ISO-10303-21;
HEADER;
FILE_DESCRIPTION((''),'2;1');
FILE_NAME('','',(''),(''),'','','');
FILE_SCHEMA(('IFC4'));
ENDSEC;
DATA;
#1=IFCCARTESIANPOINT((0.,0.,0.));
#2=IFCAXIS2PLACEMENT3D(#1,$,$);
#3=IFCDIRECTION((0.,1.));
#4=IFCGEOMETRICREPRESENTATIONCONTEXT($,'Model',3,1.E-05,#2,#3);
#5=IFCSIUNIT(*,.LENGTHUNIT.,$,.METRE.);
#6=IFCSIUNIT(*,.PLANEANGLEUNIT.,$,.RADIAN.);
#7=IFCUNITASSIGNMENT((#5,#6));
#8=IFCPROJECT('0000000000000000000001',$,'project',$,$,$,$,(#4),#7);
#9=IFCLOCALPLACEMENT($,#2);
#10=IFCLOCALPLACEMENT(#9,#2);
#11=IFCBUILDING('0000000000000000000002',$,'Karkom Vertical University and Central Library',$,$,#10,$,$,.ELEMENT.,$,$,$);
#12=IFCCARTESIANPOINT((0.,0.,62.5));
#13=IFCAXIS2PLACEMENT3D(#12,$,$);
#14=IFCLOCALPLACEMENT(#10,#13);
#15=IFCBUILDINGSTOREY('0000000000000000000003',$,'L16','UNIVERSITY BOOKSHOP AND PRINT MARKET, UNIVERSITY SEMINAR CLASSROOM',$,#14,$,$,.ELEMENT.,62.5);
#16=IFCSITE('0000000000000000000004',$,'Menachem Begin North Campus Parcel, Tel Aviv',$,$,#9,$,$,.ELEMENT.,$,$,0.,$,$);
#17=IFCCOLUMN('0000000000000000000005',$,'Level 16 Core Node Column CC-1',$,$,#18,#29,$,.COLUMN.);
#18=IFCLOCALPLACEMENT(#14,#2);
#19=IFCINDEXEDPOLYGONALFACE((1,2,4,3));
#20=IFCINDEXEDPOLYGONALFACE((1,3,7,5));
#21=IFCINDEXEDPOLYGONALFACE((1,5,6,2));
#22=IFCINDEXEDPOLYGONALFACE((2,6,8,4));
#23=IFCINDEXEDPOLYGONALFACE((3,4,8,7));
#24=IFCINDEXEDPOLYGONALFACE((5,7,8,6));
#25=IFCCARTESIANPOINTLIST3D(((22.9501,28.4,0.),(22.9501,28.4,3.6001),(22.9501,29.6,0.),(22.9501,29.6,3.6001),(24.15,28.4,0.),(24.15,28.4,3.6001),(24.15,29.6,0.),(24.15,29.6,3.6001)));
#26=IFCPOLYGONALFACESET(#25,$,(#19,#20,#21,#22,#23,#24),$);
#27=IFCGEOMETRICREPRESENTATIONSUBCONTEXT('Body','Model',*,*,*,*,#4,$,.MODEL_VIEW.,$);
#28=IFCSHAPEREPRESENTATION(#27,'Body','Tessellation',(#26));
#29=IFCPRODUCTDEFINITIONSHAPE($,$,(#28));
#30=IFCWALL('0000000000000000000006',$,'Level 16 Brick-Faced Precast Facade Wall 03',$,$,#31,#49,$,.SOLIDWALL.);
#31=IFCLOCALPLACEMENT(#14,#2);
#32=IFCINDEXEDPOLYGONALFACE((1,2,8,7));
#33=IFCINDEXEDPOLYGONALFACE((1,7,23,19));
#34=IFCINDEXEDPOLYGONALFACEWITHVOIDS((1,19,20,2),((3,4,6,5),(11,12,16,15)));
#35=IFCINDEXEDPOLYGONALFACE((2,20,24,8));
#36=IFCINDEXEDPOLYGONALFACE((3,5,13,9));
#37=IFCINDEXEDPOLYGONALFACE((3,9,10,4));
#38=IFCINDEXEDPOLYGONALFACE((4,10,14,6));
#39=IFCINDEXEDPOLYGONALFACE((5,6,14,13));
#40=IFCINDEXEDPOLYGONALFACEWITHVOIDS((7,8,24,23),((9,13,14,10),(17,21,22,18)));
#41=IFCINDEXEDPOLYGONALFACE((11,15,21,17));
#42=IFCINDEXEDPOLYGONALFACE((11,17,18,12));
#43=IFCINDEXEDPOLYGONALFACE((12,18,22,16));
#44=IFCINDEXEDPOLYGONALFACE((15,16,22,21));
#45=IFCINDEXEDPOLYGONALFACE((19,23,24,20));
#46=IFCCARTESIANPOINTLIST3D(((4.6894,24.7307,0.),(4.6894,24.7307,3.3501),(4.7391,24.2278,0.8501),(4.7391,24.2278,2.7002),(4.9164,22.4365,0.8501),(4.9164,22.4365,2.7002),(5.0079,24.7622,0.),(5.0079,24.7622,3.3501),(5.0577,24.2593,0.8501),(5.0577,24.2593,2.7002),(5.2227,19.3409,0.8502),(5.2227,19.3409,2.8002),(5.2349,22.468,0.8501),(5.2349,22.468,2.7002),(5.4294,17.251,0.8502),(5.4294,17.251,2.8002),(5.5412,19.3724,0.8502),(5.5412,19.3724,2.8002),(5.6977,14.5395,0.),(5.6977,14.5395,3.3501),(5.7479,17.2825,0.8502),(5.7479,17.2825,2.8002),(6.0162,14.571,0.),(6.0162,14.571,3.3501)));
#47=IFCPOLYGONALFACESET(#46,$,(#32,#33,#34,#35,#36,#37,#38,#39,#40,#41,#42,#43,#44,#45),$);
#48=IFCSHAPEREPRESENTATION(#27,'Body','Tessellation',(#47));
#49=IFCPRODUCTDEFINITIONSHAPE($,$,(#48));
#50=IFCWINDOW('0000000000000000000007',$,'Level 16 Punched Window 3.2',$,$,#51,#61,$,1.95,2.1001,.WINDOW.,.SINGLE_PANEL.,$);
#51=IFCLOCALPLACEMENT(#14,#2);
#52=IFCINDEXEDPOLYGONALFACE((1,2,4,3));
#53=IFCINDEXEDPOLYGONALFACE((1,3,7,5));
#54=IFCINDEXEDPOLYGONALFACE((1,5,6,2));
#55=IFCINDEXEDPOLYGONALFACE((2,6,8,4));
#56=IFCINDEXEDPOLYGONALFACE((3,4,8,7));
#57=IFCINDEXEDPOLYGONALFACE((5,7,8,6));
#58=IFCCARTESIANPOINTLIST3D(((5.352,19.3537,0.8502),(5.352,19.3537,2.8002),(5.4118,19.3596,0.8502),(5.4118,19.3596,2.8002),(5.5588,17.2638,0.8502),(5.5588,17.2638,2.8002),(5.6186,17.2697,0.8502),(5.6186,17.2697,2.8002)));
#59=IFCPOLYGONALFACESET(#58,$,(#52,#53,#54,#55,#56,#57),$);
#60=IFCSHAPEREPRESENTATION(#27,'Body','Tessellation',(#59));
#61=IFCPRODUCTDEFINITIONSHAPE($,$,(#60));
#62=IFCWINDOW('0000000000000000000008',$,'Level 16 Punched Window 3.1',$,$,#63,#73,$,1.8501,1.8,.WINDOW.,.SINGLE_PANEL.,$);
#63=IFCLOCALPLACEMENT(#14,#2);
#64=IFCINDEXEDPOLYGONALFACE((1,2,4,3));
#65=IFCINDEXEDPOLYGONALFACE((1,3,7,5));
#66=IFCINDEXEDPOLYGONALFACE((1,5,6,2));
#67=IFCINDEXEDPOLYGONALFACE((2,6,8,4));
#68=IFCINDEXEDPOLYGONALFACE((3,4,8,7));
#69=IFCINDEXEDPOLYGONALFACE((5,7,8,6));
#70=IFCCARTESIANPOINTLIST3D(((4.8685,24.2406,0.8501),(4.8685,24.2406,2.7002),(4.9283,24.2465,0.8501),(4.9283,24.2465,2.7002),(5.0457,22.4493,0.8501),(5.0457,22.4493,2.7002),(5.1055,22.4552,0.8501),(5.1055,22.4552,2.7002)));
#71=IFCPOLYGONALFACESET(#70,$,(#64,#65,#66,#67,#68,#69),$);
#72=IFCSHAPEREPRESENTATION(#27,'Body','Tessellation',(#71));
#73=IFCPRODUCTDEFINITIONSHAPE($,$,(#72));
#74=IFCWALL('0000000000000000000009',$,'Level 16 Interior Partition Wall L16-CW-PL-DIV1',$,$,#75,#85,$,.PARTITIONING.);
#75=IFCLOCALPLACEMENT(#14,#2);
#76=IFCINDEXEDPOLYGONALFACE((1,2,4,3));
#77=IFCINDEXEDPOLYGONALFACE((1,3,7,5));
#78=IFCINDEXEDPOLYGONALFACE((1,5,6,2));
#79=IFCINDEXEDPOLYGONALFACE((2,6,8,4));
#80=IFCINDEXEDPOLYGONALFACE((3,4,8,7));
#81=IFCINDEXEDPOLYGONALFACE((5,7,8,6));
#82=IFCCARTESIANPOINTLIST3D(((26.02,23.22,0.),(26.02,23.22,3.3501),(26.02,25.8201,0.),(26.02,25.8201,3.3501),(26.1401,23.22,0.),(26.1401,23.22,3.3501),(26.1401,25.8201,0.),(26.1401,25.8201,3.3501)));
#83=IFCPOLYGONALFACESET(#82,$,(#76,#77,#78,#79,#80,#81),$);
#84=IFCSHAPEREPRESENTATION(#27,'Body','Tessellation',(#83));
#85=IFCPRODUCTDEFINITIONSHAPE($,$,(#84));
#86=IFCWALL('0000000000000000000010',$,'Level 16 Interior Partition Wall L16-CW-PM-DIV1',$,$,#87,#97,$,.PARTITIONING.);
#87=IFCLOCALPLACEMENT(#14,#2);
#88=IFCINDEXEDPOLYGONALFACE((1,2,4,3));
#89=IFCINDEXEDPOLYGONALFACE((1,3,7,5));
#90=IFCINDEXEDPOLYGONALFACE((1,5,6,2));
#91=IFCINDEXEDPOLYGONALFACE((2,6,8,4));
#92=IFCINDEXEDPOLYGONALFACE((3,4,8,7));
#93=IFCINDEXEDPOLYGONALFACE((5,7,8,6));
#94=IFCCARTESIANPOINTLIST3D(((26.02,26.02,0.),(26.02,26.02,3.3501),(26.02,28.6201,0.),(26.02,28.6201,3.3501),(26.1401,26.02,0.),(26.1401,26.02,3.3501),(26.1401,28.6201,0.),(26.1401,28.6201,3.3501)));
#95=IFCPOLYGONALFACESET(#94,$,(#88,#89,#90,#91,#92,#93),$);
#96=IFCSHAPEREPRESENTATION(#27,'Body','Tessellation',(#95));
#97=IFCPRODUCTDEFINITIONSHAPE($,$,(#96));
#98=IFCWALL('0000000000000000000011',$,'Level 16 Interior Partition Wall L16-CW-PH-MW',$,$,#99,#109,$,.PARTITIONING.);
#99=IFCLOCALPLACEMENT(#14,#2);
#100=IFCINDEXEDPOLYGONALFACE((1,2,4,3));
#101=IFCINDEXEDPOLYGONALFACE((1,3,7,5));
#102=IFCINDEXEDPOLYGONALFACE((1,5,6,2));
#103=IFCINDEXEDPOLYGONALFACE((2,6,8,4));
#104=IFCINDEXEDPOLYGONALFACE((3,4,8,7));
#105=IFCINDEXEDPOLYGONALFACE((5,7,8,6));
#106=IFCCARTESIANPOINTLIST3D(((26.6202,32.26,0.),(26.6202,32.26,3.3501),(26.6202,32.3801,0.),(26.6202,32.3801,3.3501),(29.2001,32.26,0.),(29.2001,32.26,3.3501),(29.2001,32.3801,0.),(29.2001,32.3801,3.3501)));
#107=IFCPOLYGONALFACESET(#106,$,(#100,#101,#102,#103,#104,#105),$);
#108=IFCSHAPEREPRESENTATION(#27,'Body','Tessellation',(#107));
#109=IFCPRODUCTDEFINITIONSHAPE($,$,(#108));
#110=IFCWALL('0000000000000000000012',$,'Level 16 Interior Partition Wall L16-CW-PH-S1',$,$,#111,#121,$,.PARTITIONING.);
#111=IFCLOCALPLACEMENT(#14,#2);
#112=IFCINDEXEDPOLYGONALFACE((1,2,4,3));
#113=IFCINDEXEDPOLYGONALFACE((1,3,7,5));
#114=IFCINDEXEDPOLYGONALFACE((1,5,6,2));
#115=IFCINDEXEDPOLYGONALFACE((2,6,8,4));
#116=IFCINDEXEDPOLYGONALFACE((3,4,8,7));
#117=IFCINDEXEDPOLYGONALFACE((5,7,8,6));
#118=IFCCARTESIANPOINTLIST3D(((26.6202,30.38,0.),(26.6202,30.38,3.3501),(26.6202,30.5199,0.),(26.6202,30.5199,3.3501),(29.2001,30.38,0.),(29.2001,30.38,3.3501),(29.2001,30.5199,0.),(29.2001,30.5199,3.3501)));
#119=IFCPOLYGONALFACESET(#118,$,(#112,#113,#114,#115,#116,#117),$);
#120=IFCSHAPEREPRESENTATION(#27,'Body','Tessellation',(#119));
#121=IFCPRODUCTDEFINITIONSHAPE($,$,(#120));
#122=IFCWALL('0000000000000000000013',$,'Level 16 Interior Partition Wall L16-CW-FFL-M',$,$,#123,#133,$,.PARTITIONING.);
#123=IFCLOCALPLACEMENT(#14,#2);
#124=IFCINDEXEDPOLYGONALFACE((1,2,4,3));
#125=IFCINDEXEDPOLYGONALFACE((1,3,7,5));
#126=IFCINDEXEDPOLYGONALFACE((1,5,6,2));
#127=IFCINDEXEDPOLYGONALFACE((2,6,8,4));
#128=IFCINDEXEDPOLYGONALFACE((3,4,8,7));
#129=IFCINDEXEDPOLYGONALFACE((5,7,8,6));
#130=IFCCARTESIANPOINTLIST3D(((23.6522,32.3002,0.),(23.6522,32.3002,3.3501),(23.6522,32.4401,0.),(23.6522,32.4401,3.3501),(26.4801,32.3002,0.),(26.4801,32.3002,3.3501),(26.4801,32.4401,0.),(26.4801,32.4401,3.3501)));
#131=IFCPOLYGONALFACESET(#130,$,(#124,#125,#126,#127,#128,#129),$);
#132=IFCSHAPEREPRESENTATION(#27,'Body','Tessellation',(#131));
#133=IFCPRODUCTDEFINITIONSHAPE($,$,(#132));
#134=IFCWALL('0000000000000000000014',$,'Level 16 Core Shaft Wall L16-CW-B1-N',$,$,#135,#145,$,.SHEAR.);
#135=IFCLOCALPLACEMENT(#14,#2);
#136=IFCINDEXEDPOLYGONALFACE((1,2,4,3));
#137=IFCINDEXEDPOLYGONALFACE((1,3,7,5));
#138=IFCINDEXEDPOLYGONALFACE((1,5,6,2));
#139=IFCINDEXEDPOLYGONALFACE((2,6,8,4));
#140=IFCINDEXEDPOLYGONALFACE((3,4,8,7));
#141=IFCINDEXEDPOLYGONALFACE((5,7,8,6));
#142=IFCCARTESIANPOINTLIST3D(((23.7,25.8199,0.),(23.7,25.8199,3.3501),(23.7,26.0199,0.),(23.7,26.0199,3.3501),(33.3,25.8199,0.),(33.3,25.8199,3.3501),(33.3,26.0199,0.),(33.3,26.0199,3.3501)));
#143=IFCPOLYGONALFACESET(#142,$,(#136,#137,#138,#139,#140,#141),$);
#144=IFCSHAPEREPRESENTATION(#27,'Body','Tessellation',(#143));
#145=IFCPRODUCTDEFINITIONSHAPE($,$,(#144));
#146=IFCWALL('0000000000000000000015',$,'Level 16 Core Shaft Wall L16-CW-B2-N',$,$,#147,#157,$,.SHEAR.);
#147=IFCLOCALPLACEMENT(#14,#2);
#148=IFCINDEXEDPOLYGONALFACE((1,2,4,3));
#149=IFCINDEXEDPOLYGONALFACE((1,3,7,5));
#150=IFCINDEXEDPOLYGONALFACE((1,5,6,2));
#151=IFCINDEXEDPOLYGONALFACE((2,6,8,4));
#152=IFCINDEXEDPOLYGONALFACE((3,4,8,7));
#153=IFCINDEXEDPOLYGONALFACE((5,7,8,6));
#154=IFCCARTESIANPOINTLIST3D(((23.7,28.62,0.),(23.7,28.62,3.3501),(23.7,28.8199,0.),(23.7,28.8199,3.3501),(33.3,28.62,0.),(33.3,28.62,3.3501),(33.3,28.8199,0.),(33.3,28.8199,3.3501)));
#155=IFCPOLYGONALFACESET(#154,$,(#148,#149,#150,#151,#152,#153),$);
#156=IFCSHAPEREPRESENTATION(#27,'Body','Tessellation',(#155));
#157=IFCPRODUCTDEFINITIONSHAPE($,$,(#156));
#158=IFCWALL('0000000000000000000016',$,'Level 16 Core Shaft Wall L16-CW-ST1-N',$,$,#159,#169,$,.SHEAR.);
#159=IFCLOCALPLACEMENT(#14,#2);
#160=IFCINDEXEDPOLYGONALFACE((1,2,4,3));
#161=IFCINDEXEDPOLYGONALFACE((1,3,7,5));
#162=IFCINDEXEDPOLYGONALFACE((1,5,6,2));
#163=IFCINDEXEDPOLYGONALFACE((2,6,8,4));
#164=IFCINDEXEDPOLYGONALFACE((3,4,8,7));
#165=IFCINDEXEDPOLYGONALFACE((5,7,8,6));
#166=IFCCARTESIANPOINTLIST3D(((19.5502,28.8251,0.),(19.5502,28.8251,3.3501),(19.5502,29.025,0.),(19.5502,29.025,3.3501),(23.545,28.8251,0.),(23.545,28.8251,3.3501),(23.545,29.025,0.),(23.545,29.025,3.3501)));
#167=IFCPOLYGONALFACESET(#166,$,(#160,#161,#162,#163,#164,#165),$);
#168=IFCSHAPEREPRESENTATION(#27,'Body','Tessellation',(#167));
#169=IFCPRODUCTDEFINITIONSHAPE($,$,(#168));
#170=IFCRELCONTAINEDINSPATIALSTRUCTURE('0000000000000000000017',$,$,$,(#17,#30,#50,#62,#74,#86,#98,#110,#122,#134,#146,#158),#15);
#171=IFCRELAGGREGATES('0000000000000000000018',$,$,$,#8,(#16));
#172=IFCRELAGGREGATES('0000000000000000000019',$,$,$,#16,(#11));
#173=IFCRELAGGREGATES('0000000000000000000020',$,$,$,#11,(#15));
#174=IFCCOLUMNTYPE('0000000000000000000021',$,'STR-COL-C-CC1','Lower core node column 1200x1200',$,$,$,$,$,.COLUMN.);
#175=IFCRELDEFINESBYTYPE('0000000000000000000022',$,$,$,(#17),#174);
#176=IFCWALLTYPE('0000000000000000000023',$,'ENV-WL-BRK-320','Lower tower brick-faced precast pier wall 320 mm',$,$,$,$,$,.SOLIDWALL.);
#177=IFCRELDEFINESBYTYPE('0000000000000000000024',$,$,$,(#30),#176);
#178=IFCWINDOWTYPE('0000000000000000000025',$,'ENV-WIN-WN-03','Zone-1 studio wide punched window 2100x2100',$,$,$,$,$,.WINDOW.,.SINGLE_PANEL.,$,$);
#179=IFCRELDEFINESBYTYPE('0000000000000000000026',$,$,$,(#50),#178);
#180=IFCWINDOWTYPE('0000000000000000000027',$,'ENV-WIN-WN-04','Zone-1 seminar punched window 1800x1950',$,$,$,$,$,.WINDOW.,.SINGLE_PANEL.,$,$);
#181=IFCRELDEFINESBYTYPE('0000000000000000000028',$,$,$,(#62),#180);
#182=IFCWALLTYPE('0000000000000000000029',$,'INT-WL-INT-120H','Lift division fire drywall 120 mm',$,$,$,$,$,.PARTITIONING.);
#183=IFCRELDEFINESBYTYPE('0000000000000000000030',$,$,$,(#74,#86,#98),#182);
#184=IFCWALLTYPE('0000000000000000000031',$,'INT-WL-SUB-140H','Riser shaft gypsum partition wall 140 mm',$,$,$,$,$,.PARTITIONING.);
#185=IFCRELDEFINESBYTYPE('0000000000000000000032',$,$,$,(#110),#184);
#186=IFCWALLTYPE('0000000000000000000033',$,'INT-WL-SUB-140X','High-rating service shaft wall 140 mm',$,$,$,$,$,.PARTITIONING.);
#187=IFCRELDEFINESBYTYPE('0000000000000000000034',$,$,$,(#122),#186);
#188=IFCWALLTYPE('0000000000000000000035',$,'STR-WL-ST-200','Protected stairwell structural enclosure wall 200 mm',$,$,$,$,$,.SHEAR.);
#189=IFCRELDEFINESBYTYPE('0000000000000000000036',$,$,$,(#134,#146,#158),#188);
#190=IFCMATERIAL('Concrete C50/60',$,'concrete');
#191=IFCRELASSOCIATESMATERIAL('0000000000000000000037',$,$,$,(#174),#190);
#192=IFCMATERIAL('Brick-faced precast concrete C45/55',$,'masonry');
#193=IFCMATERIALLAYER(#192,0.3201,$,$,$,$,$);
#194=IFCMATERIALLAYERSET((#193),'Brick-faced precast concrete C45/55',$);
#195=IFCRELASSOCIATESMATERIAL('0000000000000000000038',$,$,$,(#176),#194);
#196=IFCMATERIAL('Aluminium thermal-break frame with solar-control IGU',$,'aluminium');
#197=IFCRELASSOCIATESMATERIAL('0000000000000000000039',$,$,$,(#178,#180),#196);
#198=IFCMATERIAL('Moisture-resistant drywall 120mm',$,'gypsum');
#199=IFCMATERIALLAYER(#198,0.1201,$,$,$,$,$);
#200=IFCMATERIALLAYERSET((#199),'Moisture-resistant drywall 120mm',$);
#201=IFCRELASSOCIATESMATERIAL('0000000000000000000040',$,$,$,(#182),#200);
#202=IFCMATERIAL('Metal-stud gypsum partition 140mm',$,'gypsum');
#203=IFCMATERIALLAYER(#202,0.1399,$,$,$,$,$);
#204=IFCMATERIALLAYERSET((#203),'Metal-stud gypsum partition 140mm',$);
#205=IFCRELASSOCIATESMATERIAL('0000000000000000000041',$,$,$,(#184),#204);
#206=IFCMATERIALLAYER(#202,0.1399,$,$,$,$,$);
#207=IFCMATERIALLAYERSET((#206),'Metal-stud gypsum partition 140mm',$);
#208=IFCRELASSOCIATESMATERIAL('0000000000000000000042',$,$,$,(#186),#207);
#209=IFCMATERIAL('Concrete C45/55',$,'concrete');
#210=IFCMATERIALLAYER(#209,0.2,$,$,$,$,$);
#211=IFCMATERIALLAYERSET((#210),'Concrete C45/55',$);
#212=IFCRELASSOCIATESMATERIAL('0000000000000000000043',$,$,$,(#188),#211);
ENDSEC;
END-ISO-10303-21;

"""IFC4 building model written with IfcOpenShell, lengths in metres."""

from ifc_helpers import new_model, si_unit, direction, frame, frame_2d, origin, origin_with_axes, origin_2d, place, context, subcontext, project, spatial, rectangle, extrude, source, transform, mapped, material, layer, layer_set, material_profile, profile_set, type_object, element, fill, save


model = new_model("IFC4")

# Units and contexts
model_context = context("Model", 3, precision=1e-05, world=origin(), true_north=direction((0.0, 1.0)))
body_context = subcontext(model_context, "Body", "Model", "MODEL_VIEW")
ifc_project = project(units=[si_unit("LENGTHUNIT", "METRE"), si_unit("PLANEANGLEUNIT", "RADIAN")], contexts=[model_context])

# Site, building, storey
site_placement = place(None, origin())
site = spatial("IfcSite", under=ifc_project, at=site_placement, Name="Menachem Begin North Campus Parcel, Tel Aviv", CompositionType="ELEMENT", RefElevation=0.0)
building_placement = place(site_placement, origin())
building = spatial("IfcBuilding", under=site, at=building_placement, Name="Karkom Vertical University and Central Library", CompositionType="ELEMENT")
storey_placement = place(building_placement, frame((0.0, 0.0, 62.5)))
storey = spatial("IfcBuildingStorey", under=building, at=storey_placement, Name="L16", Description="UNIVERSITY BOOKSHOP AND PRINT MARKET, UNIVERSITY SEMINAR CLASSROOM", CompositionType="ELEMENT", Elevation=62.5)

# Column
ifc_material_1 = material(Name="Concrete C50/60", Category="concrete")
ifc_material_profile = material_profile(ifc_material_1, rectangle(XDim=1.2, YDim=1.2, at=origin_2d()), Name="RC-1200x1200")
ifc_profile_set = profile_set([ifc_material_profile], Name="Concrete C50/60")
column_type = type_object("IfcColumnType", Name="STR-COL-C-CC1", Description="Lower core node column 1200x1200", PredefinedType="COLUMN", material=ifc_profile_set)
shared_shape_1 = source(origin_with_axes(), body_context, "Body", "SweptSolid", [
    extrude(rectangle(XDim=1.2, YDim=1.2, at=origin_2d()), origin(), (0.0, 0.0, 1.0), 3.6001),
])
column_placement = place(storey_placement, frame((23.55, 29.0, 0.0), z_axis=(0.0, 0.0, 1.0), x_axis=(1.0, 0.0, 0.0)))
element("IfcColumn", 1, at=column_placement, inside=storey, type_object=column_type, Name="Level 16 Core Node Column CC-1", PredefinedType="COLUMN", context=body_context, shape_type="MappedRepresentation", body=[
    mapped(shared_shape_1, transform((0.0, 0.0, 0.0), scale=1.0)),
])

# Wall, openings, windows
ifc_material_2 = material(Name="Brick-faced precast concrete C45/55", Category="masonry")
ifc_layer_1 = layer(ifc_material_2, 0.3201)
ifc_layer_set_1 = layer_set([ifc_layer_1], Name="Brick-faced precast concrete C45/55")
wall_type_1 = type_object("IfcWallType", Name="ENV-WL-BRK-320", Description="Lower tower brick-faced precast pier wall 320 mm", PredefinedType="SOLIDWALL", material=ifc_layer_set_1)
wall_1_placement = place(storey_placement, frame((4.8486, 24.7466, 0.0), z_axis=(0.0, 0.0, 1.0), x_axis=(0.098458, -0.995141, 0.0)))
wall_1 = element("IfcWall", 2, at=wall_1_placement, inside=storey, type_object=wall_type_1, Name="Level 16 Brick-Faced Precast Facade Wall 03", PredefinedType="SOLIDWALL", context=body_context, shape_type="SweptSolid", body=[
    extrude(rectangle(XDim=10.241, YDim=0.3201, at=frame_2d((5.1206, 0.0))), origin(), (0.0, 0.0, 1.0), 3.3501),
])
opening_1_placement = place(wall_1_placement, frame((0.5056, 0.0, 0.8501)))
opening_1 = element("IfcOpeningElement", 3, at=opening_1_placement, cuts=wall_1, PredefinedType="OPENING", context=body_context, shape_type="SweptSolid", body=[
    extrude(rectangle(XDim=1.8, YDim=1.8501, at=frame_2d((0.8999, 0.925))), frame((0.0, 0.1699, 0.0), z_axis=(0.0, -1.0, 0.0), x_axis=(1.0, 0.0, 0.0)), (0.0, 0.0, 1.0), 0.3401),
])
opening_2_placement = place(wall_1_placement, frame((5.4163, 0.0, 0.8501)))
opening_2 = element("IfcOpeningElement", 4, at=opening_2_placement, cuts=wall_1, PredefinedType="OPENING", context=body_context, shape_type="SweptSolid", body=[
    extrude(rectangle(XDim=2.1001, YDim=1.95, at=frame_2d((1.05, 0.9751))), frame((0.0, 0.1699, 0.0), z_axis=(0.0, -1.0, 0.0), x_axis=(1.0, 0.0, 0.0)), (0.0, 0.0, 1.0), 0.3401),
])
ifc_material_3 = material(Name="Aluminium thermal-break frame with solar-control IGU", Category="aluminium")
window_type_1 = type_object("IfcWindowType", Name="ENV-WIN-WN-03", Description="Zone-1 studio wide punched window 2100x2100", PartitioningType="SINGLE_PANEL", PredefinedType="WINDOW", material=ifc_material_3)
shared_shape_2 = source(origin_with_axes(), body_context, "Body", "SweptSolid", [
    extrude(rectangle(XDim=2.1001, YDim=1.95, at=frame_2d((1.05, 0.9751))), frame((0.0, 0.03, 0.0), z_axis=(0.0, -1.0, 0.0), x_axis=(1.0, 0.0, 0.0)), (0.0, 0.0, 1.0), 0.0601),
])
window_1_placement = place(opening_2_placement, origin())
window_1 = element("IfcWindow", 5, at=window_1_placement, inside=storey, type_object=window_type_1, Name="Level 16 Punched Window 3.2", OverallHeight=1.95, OverallWidth=2.1001, PartitioningType="SINGLE_PANEL", PredefinedType="WINDOW", context=body_context, shape_type="MappedRepresentation", body=[
    mapped(shared_shape_2, transform((0.0, 0.0, 0.0), scale=1.0)),
])
fill(opening_2, window_1)
window_type_2 = type_object("IfcWindowType", Name="ENV-WIN-WN-04", Description="Zone-1 seminar punched window 1800x1950", PartitioningType="SINGLE_PANEL", PredefinedType="WINDOW", material=ifc_material_3)
shared_shape_3 = source(origin_with_axes(), body_context, "Body", "SweptSolid", [
    extrude(rectangle(XDim=1.8, YDim=1.8501, at=frame_2d((0.8999, 0.925))), frame((0.0, 0.03, 0.0), z_axis=(0.0, -1.0, 0.0), x_axis=(1.0, 0.0, 0.0)), (0.0, 0.0, 1.0), 0.0601),
])
window_2_placement = place(opening_1_placement, origin())
window_2 = element("IfcWindow", 6, at=window_2_placement, inside=storey, type_object=window_type_2, Name="Level 16 Punched Window 3.1", OverallHeight=1.8501, OverallWidth=1.8, PartitioningType="SINGLE_PANEL", PredefinedType="WINDOW", context=body_context, shape_type="MappedRepresentation", body=[
    mapped(shared_shape_3, transform((0.0, 0.0, 0.0), scale=1.0)),
])
fill(opening_1, window_2)

# Walls
ifc_material_4 = material(Name="Moisture-resistant drywall 120mm", Category="gypsum")
ifc_layer_2 = layer(ifc_material_4, 0.1201)
ifc_layer_set_2 = layer_set([ifc_layer_2], Name="Moisture-resistant drywall 120mm")
wall_type_2 = type_object("IfcWallType", Name="INT-WL-INT-120H", Description="Lift division fire drywall 120 mm", PredefinedType="PARTITIONING", material=ifc_layer_set_2)
for number, where, z_axis, x_axis, name in (
    (7, (26.0801, 23.22, 0.0), (0.0, 0.0, 1.0), (0.0, 1.0, 0.0), "Level 16 Interior Partition Wall L16-CW-PL-DIV1"),
    (8, (26.0801, 26.02, 0.0), (0.0, 0.0, 1.0), (0.0, 1.0, 0.0), "Level 16 Interior Partition Wall L16-CW-PM-DIV1"),
):
    element("IfcWall", number, at=place(storey_placement, frame(where, z_axis=z_axis, x_axis=x_axis)), inside=storey, type_object=wall_type_2, Name=name, PredefinedType="PARTITIONING", context=body_context, shape_type="SweptSolid", body=[
        extrude(rectangle(XDim=2.6001, YDim=0.1201, at=frame_2d((1.3, 0.0))), origin(), (0.0, 0.0, 1.0), 3.3501),
    ])
wall_2_placement = place(storey_placement, frame((26.6201, 32.3201, 0.0), z_axis=(0.0, 0.0, 1.0), x_axis=(1.0, 0.0, 0.0)))
element("IfcWall", 9, at=wall_2_placement, inside=storey, type_object=wall_type_2, Name="Level 16 Interior Partition Wall L16-CW-PH-MW", PredefinedType="PARTITIONING", context=body_context, shape_type="SweptSolid", body=[
    extrude(rectangle(XDim=2.5798, YDim=0.1201, at=frame_2d((1.29, 0.0))), origin(), (0.0, 0.0, 1.0), 3.3501),
])
ifc_material_5 = material(Name="Metal-stud gypsum partition 140mm", Category="gypsum")
ifc_layer_3 = layer(ifc_material_5, 0.1399)
ifc_layer_set_3 = layer_set([ifc_layer_3], Name="Metal-stud gypsum partition 140mm")
wall_type_3 = type_object("IfcWallType", Name="INT-WL-SUB-140H", Description="Riser shaft gypsum partition wall 140 mm", PredefinedType="PARTITIONING", material=ifc_layer_set_3)
wall_3_placement = place(storey_placement, frame((26.6201, 30.45, 0.0), z_axis=(0.0, 0.0, 1.0), x_axis=(1.0, 0.0, 0.0)))
element("IfcWall", 10, at=wall_3_placement, inside=storey, type_object=wall_type_3, Name="Level 16 Interior Partition Wall L16-CW-PH-S1", PredefinedType="PARTITIONING", context=body_context, shape_type="SweptSolid", body=[
    extrude(rectangle(XDim=2.5798, YDim=0.1399, at=frame_2d((1.29, 0.0))), origin(), (0.0, 0.0, 1.0), 3.3501),
])
ifc_layer_4 = layer(ifc_material_5, 0.1399)
ifc_layer_set_4 = layer_set([ifc_layer_4], Name="Metal-stud gypsum partition 140mm")
wall_type_4 = type_object("IfcWallType", Name="INT-WL-SUB-140X", Description="High-rating service shaft wall 140 mm", PredefinedType="PARTITIONING", material=ifc_layer_set_4)
wall_4_placement = place(storey_placement, frame((23.6521, 32.3701, 0.0), z_axis=(0.0, 0.0, 1.0), x_axis=(1.0, 0.0, 0.0)))
element("IfcWall", 11, at=wall_4_placement, inside=storey, type_object=wall_type_4, Name="Level 16 Interior Partition Wall L16-CW-FFL-M", PredefinedType="PARTITIONING", context=body_context, shape_type="SweptSolid", body=[
    extrude(rectangle(XDim=2.8279, YDim=0.1399, at=frame_2d((1.4141, 0.0))), origin(), (0.0, 0.0, 1.0), 3.3501),
])
ifc_material_6 = material(Name="Concrete C45/55", Category="concrete")
ifc_layer_5 = layer(ifc_material_6, 0.2)
ifc_layer_set_5 = layer_set([ifc_layer_5], Name="Concrete C45/55")
wall_type_5 = type_object("IfcWallType", Name="STR-WL-ST-200", Description="Protected stairwell structural enclosure wall 200 mm", PredefinedType="SHEAR", material=ifc_layer_set_5)
for number, where, z_axis, x_axis, name in (
    (12, (23.7, 25.9199, 0.0), (0.0, 0.0, 1.0), (1.0, 0.0, 0.0), "Level 16 Core Shaft Wall L16-CW-B1-N"),
    (13, (23.7, 28.72, 0.0), (0.0, 0.0, 1.0), (1.0, 0.0, 0.0), "Level 16 Core Shaft Wall L16-CW-B2-N"),
):
    element("IfcWall", number, at=place(storey_placement, frame(where, z_axis=z_axis, x_axis=x_axis)), inside=storey, type_object=wall_type_5, Name=name, PredefinedType="SHEAR", context=body_context, shape_type="SweptSolid", body=[
        extrude(rectangle(XDim=9.6001, YDim=0.2, at=frame_2d((4.8, 0.0))), origin(), (0.0, 0.0, 1.0), 3.3501),
    ])
wall_5_placement = place(storey_placement, frame((19.55, 28.925, 0.0), z_axis=(0.0, 0.0, 1.0), x_axis=(1.0, 0.0, 0.0)))
element("IfcWall", 14, at=wall_5_placement, inside=storey, type_object=wall_type_5, Name="Level 16 Core Shaft Wall L16-CW-ST1-N", PredefinedType="SHEAR", context=body_context, shape_type="SweptSolid", body=[
    extrude(rectangle(XDim=3.9949, YDim=0.2, at=frame_2d((1.9976, 0.0))), origin(), (0.0, 0.0, 1.0), 3.3501),
])

save(model, "model.ifc")
